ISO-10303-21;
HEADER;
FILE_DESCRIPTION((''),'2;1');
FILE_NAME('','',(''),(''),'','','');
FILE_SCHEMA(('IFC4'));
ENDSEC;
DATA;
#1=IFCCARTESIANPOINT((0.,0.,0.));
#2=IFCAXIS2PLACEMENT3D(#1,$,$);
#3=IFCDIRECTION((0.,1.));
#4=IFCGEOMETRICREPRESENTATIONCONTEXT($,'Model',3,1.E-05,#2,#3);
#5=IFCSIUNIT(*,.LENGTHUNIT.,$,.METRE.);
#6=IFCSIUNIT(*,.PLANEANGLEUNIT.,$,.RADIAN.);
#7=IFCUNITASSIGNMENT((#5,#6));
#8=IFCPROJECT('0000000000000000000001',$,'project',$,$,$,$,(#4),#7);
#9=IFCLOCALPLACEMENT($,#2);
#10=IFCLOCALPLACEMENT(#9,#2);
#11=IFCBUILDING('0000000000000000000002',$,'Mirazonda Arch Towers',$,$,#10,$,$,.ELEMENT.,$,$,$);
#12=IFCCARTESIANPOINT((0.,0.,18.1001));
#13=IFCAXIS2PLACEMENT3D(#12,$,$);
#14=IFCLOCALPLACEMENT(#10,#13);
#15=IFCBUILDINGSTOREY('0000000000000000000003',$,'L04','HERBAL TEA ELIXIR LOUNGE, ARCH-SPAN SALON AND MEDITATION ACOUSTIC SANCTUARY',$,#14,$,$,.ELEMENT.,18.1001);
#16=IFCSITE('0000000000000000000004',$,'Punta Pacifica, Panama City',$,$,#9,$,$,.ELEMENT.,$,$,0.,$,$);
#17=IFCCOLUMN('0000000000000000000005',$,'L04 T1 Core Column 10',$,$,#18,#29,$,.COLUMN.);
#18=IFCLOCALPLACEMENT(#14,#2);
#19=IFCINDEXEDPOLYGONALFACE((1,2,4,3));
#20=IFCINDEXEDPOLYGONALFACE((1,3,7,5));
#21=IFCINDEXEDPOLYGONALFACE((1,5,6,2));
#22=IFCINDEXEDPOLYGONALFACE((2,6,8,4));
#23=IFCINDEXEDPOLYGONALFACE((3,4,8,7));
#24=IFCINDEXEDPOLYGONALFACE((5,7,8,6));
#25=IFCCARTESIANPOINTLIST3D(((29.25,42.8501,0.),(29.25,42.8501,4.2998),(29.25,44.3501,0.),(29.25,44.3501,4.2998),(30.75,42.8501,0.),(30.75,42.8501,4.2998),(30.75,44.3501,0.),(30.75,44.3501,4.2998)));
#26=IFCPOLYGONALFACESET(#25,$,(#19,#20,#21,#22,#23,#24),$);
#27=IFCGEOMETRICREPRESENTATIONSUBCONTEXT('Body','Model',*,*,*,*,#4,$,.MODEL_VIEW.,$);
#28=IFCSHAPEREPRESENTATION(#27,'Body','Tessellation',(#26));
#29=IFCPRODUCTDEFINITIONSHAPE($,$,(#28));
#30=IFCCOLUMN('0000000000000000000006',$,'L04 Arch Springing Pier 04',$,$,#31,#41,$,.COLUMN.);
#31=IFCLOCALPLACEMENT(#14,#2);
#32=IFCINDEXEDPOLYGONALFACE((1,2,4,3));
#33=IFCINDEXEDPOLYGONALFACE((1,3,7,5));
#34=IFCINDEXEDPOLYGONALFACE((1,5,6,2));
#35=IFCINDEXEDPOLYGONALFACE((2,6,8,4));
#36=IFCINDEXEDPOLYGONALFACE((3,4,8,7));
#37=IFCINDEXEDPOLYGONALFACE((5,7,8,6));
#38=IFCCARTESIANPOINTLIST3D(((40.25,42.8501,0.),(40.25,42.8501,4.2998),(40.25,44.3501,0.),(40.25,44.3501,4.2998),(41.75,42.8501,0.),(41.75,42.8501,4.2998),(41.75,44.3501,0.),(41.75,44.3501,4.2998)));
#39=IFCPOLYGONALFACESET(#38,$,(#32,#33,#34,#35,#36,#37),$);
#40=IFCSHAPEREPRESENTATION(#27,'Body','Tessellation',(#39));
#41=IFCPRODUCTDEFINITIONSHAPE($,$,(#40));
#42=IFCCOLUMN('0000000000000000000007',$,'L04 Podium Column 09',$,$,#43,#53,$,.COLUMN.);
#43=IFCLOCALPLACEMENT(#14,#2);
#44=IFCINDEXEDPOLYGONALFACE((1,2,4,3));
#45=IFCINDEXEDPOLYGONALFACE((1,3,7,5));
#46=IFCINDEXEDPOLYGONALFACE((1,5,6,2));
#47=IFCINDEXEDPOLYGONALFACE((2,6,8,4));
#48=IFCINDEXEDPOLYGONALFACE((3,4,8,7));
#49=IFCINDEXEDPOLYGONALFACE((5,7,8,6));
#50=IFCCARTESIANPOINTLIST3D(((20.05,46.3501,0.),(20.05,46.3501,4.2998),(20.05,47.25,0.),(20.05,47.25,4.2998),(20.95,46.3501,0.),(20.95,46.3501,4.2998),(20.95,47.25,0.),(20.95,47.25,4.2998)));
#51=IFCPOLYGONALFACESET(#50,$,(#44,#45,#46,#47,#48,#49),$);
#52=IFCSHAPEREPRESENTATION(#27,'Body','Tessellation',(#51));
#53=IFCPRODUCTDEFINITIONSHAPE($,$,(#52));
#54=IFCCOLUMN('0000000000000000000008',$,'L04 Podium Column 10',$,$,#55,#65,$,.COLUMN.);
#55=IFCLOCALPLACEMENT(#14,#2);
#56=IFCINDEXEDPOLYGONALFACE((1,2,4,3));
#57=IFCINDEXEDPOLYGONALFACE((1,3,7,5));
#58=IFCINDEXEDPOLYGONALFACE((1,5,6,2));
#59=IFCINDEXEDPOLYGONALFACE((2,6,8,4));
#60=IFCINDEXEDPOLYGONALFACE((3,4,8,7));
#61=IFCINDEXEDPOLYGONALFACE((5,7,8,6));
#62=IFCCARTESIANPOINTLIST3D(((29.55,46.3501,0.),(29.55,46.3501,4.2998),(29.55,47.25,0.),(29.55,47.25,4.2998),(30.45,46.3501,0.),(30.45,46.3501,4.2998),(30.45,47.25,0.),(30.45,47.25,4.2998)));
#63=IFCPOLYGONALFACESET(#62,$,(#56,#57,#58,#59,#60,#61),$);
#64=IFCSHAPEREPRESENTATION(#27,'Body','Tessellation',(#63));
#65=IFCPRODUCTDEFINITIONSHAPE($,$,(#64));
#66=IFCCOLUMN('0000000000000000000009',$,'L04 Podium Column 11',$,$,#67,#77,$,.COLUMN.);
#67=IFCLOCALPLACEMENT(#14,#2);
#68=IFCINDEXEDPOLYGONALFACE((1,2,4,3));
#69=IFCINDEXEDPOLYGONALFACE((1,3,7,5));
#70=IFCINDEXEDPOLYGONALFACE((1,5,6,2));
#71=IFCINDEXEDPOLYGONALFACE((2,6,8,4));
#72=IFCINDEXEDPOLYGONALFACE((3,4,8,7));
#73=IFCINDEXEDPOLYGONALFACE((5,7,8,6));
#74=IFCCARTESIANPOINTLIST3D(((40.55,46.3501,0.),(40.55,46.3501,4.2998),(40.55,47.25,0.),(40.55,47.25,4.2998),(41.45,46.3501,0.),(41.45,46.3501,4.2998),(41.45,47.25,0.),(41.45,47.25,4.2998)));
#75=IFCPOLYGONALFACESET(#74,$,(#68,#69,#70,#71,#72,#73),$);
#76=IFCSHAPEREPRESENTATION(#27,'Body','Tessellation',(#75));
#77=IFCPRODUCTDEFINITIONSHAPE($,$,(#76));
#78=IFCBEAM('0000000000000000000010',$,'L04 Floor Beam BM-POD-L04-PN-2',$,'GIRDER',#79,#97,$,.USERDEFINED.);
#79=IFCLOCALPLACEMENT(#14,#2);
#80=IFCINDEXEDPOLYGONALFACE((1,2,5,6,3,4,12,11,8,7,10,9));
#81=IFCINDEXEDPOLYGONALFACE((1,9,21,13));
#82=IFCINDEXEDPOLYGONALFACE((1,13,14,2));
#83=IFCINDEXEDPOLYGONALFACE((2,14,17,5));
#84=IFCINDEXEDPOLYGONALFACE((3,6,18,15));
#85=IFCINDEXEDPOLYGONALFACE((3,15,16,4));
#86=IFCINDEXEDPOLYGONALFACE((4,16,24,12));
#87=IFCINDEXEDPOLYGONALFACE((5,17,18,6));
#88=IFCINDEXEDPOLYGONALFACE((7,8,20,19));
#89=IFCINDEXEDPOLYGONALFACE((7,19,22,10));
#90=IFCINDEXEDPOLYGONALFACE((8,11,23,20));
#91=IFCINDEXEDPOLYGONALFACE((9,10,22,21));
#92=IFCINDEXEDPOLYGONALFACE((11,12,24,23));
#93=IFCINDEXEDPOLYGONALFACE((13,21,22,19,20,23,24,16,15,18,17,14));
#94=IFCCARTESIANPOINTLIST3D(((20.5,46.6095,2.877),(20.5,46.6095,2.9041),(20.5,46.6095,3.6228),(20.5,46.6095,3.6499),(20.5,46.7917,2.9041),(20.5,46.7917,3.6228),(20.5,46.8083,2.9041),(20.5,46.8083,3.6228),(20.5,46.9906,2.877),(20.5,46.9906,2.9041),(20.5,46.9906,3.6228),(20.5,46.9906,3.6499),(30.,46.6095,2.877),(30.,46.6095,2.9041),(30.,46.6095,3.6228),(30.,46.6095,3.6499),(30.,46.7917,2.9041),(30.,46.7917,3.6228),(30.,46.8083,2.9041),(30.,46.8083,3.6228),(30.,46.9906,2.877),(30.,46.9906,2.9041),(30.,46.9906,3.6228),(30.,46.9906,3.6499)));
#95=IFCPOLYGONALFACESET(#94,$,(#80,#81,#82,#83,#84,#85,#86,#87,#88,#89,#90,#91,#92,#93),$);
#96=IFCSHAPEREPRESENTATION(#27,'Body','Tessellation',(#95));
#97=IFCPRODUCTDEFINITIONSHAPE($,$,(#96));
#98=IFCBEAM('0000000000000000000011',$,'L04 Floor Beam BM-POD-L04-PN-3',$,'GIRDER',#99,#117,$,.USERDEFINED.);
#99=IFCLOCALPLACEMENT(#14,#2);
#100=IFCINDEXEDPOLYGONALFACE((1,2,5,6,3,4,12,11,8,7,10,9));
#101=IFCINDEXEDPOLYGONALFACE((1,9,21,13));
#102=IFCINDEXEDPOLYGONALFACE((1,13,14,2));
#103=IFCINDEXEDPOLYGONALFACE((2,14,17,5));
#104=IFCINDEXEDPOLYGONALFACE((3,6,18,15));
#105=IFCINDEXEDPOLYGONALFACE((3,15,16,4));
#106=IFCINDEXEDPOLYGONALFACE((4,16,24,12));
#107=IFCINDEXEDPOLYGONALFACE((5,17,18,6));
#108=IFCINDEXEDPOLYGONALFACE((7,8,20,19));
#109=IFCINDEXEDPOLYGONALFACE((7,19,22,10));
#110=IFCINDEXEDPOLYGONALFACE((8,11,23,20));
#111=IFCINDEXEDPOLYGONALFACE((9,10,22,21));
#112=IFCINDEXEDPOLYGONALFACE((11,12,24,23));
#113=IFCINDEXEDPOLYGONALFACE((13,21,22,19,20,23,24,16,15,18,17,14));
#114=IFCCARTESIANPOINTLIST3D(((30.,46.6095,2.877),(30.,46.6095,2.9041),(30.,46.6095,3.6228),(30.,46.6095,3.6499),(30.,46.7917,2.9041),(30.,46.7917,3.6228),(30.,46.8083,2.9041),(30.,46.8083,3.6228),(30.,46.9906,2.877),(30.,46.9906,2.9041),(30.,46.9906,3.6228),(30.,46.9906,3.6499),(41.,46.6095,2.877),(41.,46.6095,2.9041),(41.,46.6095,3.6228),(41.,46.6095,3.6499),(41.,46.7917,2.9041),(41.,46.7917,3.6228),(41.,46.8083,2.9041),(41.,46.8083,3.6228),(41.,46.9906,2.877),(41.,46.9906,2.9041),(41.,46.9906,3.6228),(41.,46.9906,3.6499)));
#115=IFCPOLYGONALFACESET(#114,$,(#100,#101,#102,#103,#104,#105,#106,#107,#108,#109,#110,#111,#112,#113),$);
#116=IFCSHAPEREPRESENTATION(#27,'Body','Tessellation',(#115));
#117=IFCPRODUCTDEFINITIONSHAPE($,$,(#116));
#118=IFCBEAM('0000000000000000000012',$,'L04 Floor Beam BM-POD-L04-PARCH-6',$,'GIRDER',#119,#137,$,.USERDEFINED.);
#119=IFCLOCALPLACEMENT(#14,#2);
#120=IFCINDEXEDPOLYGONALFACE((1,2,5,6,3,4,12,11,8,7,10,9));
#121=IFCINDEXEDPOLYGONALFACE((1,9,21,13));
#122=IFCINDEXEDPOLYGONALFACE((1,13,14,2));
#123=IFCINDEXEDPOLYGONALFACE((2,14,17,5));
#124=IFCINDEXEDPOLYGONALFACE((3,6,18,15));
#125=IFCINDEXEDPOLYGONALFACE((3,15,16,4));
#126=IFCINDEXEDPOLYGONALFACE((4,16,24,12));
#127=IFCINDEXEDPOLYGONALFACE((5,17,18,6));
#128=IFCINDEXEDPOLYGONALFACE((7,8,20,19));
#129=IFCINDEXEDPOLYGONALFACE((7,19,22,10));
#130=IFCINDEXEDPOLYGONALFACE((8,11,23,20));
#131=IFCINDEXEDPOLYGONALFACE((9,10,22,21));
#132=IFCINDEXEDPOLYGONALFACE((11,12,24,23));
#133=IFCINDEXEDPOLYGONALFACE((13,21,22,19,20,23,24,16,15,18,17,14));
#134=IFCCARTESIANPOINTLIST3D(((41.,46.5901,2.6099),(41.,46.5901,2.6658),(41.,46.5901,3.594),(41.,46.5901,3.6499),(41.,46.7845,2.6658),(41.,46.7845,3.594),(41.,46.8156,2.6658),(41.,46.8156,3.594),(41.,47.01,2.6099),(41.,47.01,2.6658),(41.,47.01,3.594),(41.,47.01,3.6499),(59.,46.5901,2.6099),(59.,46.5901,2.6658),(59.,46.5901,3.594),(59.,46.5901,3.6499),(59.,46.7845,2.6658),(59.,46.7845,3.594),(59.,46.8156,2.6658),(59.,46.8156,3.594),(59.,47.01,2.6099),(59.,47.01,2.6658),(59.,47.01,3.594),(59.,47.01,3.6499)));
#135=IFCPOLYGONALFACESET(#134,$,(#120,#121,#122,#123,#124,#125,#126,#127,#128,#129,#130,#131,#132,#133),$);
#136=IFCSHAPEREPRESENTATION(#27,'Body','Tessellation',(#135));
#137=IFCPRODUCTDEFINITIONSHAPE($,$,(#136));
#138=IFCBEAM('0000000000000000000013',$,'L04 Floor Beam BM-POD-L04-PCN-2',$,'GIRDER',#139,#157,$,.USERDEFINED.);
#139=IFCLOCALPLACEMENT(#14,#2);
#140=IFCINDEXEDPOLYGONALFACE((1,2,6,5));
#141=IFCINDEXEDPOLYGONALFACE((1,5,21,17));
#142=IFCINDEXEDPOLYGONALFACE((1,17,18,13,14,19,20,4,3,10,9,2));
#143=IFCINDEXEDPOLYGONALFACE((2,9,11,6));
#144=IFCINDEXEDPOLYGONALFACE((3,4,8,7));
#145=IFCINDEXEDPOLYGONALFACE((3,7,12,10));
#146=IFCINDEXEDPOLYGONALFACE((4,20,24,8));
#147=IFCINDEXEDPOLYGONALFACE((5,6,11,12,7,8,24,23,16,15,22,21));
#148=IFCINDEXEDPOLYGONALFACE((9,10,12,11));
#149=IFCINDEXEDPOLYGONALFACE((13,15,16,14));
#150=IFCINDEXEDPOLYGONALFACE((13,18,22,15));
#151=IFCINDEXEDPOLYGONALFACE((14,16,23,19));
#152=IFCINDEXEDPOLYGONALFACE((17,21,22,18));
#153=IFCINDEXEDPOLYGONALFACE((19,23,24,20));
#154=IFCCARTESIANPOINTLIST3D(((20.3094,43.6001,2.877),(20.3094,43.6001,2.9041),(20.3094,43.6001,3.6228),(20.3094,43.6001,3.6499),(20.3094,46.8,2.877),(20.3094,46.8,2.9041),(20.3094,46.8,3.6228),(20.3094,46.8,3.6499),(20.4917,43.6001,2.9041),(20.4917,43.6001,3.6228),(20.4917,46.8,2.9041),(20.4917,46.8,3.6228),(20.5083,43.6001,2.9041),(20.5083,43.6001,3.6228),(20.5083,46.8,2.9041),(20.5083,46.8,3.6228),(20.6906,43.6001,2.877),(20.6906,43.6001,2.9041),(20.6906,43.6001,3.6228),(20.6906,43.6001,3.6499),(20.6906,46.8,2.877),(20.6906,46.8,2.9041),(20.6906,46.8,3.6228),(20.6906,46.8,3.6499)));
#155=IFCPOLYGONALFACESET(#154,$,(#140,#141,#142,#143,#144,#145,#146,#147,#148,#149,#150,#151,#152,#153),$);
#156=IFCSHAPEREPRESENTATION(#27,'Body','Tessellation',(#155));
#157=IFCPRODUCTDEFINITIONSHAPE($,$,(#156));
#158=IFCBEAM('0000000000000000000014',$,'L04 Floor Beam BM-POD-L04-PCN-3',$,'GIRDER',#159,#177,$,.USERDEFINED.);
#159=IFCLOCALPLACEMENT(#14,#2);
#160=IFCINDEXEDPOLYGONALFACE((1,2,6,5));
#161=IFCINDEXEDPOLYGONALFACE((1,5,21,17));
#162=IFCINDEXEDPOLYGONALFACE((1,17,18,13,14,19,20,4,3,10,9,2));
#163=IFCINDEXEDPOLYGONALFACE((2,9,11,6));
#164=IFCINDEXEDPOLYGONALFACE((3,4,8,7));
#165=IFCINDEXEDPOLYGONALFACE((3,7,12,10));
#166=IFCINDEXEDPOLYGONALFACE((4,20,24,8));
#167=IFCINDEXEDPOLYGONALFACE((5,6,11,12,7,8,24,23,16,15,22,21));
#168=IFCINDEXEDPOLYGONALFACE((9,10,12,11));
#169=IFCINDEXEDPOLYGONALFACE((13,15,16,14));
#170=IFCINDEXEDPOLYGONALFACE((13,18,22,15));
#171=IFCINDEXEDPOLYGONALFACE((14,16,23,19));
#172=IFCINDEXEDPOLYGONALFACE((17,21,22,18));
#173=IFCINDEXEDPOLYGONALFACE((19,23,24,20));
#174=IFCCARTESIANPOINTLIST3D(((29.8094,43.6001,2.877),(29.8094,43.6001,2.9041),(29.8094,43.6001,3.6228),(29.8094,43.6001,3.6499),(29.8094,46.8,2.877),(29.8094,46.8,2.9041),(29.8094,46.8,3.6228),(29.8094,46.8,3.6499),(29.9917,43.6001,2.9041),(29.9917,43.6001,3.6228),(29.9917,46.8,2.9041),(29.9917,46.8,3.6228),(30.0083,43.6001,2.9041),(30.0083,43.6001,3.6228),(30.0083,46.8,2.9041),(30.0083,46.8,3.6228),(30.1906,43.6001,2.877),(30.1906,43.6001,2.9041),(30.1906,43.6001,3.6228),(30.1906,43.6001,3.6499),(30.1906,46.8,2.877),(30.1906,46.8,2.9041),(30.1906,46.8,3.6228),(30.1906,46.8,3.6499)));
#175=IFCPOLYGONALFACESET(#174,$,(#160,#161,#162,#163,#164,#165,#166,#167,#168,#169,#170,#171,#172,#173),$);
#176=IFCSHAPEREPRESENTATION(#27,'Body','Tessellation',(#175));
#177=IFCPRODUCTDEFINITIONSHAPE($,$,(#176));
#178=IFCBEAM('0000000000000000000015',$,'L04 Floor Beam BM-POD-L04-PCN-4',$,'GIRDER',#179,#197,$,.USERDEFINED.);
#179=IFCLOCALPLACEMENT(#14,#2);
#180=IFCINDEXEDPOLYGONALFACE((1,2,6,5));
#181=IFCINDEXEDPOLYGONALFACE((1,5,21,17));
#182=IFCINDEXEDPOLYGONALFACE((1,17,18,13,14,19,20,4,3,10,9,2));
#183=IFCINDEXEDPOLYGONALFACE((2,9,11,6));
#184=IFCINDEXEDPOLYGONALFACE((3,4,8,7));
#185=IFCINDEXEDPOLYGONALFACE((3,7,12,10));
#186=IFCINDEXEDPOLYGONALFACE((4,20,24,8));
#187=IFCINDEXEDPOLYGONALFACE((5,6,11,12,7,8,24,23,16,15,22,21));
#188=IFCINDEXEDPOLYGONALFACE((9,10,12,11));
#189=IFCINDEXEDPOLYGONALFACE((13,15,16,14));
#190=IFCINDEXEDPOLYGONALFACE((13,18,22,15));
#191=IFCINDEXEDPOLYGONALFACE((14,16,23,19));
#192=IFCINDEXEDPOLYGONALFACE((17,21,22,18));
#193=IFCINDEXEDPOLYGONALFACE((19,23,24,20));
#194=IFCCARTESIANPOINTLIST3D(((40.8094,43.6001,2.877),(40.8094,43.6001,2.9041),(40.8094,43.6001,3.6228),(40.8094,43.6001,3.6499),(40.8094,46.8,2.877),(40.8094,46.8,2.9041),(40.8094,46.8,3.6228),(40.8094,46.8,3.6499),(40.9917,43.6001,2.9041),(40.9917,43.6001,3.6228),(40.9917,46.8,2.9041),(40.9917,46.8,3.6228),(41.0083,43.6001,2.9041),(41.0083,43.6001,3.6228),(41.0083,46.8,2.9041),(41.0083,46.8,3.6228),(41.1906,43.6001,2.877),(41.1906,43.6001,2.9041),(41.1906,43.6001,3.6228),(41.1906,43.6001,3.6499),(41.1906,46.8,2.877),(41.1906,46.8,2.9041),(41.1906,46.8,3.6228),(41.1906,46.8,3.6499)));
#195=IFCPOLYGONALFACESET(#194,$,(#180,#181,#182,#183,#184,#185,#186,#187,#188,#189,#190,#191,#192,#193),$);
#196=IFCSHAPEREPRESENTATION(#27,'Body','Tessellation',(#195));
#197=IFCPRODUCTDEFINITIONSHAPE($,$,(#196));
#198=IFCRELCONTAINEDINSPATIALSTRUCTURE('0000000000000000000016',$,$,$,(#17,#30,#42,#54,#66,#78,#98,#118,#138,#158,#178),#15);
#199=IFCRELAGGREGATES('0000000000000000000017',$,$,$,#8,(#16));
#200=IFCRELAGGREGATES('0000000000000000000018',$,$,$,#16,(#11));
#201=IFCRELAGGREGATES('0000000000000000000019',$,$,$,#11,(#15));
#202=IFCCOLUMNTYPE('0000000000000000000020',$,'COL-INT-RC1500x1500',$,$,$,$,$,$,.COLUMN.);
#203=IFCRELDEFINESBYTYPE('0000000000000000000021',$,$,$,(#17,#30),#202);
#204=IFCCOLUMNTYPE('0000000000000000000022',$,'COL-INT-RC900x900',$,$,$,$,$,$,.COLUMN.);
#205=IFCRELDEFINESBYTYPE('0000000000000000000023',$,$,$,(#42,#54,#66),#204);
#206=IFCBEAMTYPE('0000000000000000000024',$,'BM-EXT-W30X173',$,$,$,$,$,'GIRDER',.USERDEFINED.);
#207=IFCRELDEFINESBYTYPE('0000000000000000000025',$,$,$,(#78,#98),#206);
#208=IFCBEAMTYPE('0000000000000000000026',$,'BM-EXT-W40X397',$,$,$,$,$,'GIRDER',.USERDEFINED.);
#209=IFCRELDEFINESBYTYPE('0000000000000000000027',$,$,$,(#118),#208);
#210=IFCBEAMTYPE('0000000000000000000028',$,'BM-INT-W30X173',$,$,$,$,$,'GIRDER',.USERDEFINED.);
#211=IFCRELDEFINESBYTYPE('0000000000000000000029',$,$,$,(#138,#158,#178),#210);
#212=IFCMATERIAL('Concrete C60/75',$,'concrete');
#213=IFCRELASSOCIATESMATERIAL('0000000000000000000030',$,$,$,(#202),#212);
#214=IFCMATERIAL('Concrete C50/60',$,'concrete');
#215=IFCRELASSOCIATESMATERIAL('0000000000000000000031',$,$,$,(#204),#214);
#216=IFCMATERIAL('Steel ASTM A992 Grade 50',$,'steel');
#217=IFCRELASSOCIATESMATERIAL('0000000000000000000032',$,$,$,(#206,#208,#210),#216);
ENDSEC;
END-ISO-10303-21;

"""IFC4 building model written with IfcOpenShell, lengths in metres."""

from ifc_helpers import new_model, si_unit, direction, frame, origin, origin_2d, place, context, subcontext, project, spatial, rectangle, i_section, extrude, material, material_profile, profile_set, type_object, element, save


model = new_model("IFC4")

# Units and contexts
model_context = context("Model", 3, precision=1e-05, world=origin(), true_north=direction((0.0, 1.0)))
body_context = subcontext(model_context, "Body", "Model", "MODEL_VIEW")
ifc_project = project(units=[si_unit("LENGTHUNIT", "METRE"), si_unit("PLANEANGLEUNIT", "RADIAN")], contexts=[model_context])

# Site, building, storey
site_placement = place(None, origin())
site = spatial("IfcSite", under=ifc_project, at=site_placement, Name="Punta Pacifica, Panama City", CompositionType="ELEMENT", RefElevation=0.0)
building_placement = place(site_placement, origin())
building = spatial("IfcBuilding", under=site, at=building_placement, Name="Mirazonda Arch Towers", CompositionType="ELEMENT")
storey_placement = place(building_placement, frame((0.0, 0.0, 18.1001)))
storey = spatial("IfcBuildingStorey", under=building, at=storey_placement, Name="L04", Description="HERBAL TEA ELIXIR LOUNGE, ARCH-SPAN SALON AND MEDITATION ACOUSTIC SANCTUARY", CompositionType="ELEMENT", Elevation=18.1001)

# Columns
ifc_material_1 = material(Name="Concrete C60/75", Category="concrete")
ifc_material_profile_1 = material_profile(ifc_material_1, rectangle(XDim=1.5, YDim=1.5, at=origin_2d()), Name="RC1500x1500")
ifc_profile_set_1 = profile_set([ifc_material_profile_1], Name="Concrete C60/75")
column_type_1 = type_object("IfcColumnType", Name="COL-INT-RC1500x1500", PredefinedType="COLUMN", material=ifc_profile_set_1)
for number, where, z_axis, x_axis, name in (
    (1, (30.0, 43.6001, 0.0), (0.0, 0.0, 1.0), (1.0, 0.0, 0.0), "L04 T1 Core Column 10"),
    (2, (41.0, 43.6001, 0.0), (0.0, 0.0, 1.0), (1.0, 0.0, 0.0), "L04 Arch Springing Pier 04"),
):
    element("IfcColumn", number, at=place(storey_placement, frame(where, z_axis=z_axis, x_axis=x_axis)), inside=storey, type_object=column_type_1, Name=name, PredefinedType="COLUMN", context=body_context, shape_type="SweptSolid", body=[
        extrude(rectangle(XDim=1.5, YDim=1.5, at=origin_2d()), origin(), (0.0, 0.0, 1.0), 4.2998),
    ])
ifc_material_2 = material(Name="Concrete C50/60", Category="concrete")
ifc_material_profile_2 = material_profile(ifc_material_2, rectangle(XDim=0.8999, YDim=0.8999, at=origin_2d()), Name="RC900x900")
ifc_profile_set_2 = profile_set([ifc_material_profile_2], Name="Concrete C50/60")
column_type_2 = type_object("IfcColumnType", Name="COL-INT-RC900x900", PredefinedType="COLUMN", material=ifc_profile_set_2)
for number, where, z_axis, x_axis, name in (
    (3, (20.5, 46.8, 0.0), (0.0, 0.0, 1.0), (1.0, 0.0, 0.0), "L04 Podium Column 09"),
    (4, (30.0, 46.8, 0.0), (0.0, 0.0, 1.0), (1.0, 0.0, 0.0), "L04 Podium Column 10"),
    (5, (41.0, 46.8, 0.0), (0.0, 0.0, 1.0), (1.0, 0.0, 0.0), "L04 Podium Column 11"),
):
    element("IfcColumn", number, at=place(storey_placement, frame(where, z_axis=z_axis, x_axis=x_axis)), inside=storey, type_object=column_type_2, Name=name, PredefinedType="COLUMN", context=body_context, shape_type="SweptSolid", body=[
        extrude(rectangle(XDim=0.8999, YDim=0.8999, at=origin_2d()), origin(), (0.0, 0.0, 1.0), 4.2998),
    ])

# Beams
ifc_material_3 = material(Name="Steel ASTM A992 Grade 50", Category="steel")
ifc_material_profile_3 = material_profile(ifc_material_3, i_section(OverallWidth=0.3811, OverallDepth=0.7729, WebThickness=0.0166, FlangeThickness=0.0271, at=origin_2d()), Name="W30X173")
ifc_profile_set_3 = profile_set([ifc_material_profile_3], Name="Steel ASTM A992 Grade 50")
beam_type_1 = type_object("IfcBeamType", Name="BM-EXT-W30X173", ElementType="GIRDER", PredefinedType="USERDEFINED", material=ifc_profile_set_3)
beam_1_placement = place(storey_placement, frame((20.5, 46.8, 3.2634), z_axis=(1.0, 0.0, 0.0), x_axis=(0.0, 1.0, 0.0)))
element("IfcBeam", 6, at=beam_1_placement, inside=storey, type_object=beam_type_1, Name="L04 Floor Beam BM-POD-L04-PN-2", ObjectType="GIRDER", PredefinedType="USERDEFINED", context=body_context, shape_type="SweptSolid", body=[
    extrude(i_section(OverallWidth=0.3811, OverallDepth=0.7729, WebThickness=0.0166, FlangeThickness=0.0271, at=origin_2d()), origin(), (0.0, 0.0, 1.0), 9.5),
])
beam_2_placement = place(storey_placement, frame((30.0, 46.8, 3.2634), z_axis=(1.0, 0.0, 0.0), x_axis=(0.0, 1.0, 0.0)))
element("IfcBeam", 7, at=beam_2_placement, inside=storey, type_object=beam_type_1, Name="L04 Floor Beam BM-POD-L04-PN-3", ObjectType="GIRDER", PredefinedType="USERDEFINED", context=body_context, shape_type="SweptSolid", body=[
    extrude(i_section(OverallWidth=0.3811, OverallDepth=0.7729, WebThickness=0.0166, FlangeThickness=0.0271, at=origin_2d()), origin(), (0.0, 0.0, 1.0), 11.0),
])
ifc_material_profile_4 = material_profile(ifc_material_3, i_section(OverallWidth=0.4199, OverallDepth=1.04, WebThickness=0.031, FlangeThickness=0.0559, at=origin_2d()), Name="W40X397")
ifc_profile_set_4 = profile_set([ifc_material_profile_4], Name="Steel ASTM A992 Grade 50")
beam_type_2 = type_object("IfcBeamType", Name="BM-EXT-W40X397", ElementType="GIRDER", PredefinedType="USERDEFINED", material=ifc_profile_set_4)
beam_3_placement = place(storey_placement, frame((41.0, 46.8, 3.1299), z_axis=(1.0, 0.0, 0.0), x_axis=(0.0, 1.0, 0.0)))
element("IfcBeam", 8, at=beam_3_placement, inside=storey, type_object=beam_type_2, Name="L04 Floor Beam BM-POD-L04-PARCH-6", ObjectType="GIRDER", PredefinedType="USERDEFINED", context=body_context, shape_type="SweptSolid", body=[
    extrude(i_section(OverallWidth=0.4199, OverallDepth=1.04, WebThickness=0.031, FlangeThickness=0.0559, at=origin_2d()), origin(), (0.0, 0.0, 1.0), 18.0),
])
ifc_material_profile_5 = material_profile(ifc_material_3, i_section(OverallWidth=0.3811, OverallDepth=0.7729, WebThickness=0.0166, FlangeThickness=0.0271, at=origin_2d()), Name="W30X173")
ifc_profile_set_5 = profile_set([ifc_material_profile_5], Name="Steel ASTM A992 Grade 50")
beam_type_3 = type_object("IfcBeamType", Name="BM-INT-W30X173", ElementType="GIRDER", PredefinedType="USERDEFINED", material=ifc_profile_set_5)
for number, where, z_axis, x_axis, name in (
    (9, (20.5, 43.6001, 3.2634), (0.0, 1.0, 0.0), (-1.0, 0.0, 0.0), "L04 Floor Beam BM-POD-L04-PCN-2"),
    (10, (30.0, 43.6001, 3.2634), (0.0, 1.0, 0.0), (-1.0, 0.0, 0.0), "L04 Floor Beam BM-POD-L04-PCN-3"),
    (11, (41.0, 43.6001, 3.2634), (0.0, 1.0, 0.0), (-1.0, 0.0, 0.0), "L04 Floor Beam BM-POD-L04-PCN-4"),
):
    element("IfcBeam", number, at=place(storey_placement, frame(where, z_axis=z_axis, x_axis=x_axis)), inside=storey, type_object=beam_type_3, Name=name, ObjectType="GIRDER", PredefinedType="USERDEFINED", context=body_context, shape_type="SweptSolid", body=[
        extrude(i_section(OverallWidth=0.3811, OverallDepth=0.7729, WebThickness=0.0166, FlangeThickness=0.0271, at=origin_2d()), origin(), (0.0, 0.0, 1.0), 3.2),
    ])

save(model, "model.ifc")
